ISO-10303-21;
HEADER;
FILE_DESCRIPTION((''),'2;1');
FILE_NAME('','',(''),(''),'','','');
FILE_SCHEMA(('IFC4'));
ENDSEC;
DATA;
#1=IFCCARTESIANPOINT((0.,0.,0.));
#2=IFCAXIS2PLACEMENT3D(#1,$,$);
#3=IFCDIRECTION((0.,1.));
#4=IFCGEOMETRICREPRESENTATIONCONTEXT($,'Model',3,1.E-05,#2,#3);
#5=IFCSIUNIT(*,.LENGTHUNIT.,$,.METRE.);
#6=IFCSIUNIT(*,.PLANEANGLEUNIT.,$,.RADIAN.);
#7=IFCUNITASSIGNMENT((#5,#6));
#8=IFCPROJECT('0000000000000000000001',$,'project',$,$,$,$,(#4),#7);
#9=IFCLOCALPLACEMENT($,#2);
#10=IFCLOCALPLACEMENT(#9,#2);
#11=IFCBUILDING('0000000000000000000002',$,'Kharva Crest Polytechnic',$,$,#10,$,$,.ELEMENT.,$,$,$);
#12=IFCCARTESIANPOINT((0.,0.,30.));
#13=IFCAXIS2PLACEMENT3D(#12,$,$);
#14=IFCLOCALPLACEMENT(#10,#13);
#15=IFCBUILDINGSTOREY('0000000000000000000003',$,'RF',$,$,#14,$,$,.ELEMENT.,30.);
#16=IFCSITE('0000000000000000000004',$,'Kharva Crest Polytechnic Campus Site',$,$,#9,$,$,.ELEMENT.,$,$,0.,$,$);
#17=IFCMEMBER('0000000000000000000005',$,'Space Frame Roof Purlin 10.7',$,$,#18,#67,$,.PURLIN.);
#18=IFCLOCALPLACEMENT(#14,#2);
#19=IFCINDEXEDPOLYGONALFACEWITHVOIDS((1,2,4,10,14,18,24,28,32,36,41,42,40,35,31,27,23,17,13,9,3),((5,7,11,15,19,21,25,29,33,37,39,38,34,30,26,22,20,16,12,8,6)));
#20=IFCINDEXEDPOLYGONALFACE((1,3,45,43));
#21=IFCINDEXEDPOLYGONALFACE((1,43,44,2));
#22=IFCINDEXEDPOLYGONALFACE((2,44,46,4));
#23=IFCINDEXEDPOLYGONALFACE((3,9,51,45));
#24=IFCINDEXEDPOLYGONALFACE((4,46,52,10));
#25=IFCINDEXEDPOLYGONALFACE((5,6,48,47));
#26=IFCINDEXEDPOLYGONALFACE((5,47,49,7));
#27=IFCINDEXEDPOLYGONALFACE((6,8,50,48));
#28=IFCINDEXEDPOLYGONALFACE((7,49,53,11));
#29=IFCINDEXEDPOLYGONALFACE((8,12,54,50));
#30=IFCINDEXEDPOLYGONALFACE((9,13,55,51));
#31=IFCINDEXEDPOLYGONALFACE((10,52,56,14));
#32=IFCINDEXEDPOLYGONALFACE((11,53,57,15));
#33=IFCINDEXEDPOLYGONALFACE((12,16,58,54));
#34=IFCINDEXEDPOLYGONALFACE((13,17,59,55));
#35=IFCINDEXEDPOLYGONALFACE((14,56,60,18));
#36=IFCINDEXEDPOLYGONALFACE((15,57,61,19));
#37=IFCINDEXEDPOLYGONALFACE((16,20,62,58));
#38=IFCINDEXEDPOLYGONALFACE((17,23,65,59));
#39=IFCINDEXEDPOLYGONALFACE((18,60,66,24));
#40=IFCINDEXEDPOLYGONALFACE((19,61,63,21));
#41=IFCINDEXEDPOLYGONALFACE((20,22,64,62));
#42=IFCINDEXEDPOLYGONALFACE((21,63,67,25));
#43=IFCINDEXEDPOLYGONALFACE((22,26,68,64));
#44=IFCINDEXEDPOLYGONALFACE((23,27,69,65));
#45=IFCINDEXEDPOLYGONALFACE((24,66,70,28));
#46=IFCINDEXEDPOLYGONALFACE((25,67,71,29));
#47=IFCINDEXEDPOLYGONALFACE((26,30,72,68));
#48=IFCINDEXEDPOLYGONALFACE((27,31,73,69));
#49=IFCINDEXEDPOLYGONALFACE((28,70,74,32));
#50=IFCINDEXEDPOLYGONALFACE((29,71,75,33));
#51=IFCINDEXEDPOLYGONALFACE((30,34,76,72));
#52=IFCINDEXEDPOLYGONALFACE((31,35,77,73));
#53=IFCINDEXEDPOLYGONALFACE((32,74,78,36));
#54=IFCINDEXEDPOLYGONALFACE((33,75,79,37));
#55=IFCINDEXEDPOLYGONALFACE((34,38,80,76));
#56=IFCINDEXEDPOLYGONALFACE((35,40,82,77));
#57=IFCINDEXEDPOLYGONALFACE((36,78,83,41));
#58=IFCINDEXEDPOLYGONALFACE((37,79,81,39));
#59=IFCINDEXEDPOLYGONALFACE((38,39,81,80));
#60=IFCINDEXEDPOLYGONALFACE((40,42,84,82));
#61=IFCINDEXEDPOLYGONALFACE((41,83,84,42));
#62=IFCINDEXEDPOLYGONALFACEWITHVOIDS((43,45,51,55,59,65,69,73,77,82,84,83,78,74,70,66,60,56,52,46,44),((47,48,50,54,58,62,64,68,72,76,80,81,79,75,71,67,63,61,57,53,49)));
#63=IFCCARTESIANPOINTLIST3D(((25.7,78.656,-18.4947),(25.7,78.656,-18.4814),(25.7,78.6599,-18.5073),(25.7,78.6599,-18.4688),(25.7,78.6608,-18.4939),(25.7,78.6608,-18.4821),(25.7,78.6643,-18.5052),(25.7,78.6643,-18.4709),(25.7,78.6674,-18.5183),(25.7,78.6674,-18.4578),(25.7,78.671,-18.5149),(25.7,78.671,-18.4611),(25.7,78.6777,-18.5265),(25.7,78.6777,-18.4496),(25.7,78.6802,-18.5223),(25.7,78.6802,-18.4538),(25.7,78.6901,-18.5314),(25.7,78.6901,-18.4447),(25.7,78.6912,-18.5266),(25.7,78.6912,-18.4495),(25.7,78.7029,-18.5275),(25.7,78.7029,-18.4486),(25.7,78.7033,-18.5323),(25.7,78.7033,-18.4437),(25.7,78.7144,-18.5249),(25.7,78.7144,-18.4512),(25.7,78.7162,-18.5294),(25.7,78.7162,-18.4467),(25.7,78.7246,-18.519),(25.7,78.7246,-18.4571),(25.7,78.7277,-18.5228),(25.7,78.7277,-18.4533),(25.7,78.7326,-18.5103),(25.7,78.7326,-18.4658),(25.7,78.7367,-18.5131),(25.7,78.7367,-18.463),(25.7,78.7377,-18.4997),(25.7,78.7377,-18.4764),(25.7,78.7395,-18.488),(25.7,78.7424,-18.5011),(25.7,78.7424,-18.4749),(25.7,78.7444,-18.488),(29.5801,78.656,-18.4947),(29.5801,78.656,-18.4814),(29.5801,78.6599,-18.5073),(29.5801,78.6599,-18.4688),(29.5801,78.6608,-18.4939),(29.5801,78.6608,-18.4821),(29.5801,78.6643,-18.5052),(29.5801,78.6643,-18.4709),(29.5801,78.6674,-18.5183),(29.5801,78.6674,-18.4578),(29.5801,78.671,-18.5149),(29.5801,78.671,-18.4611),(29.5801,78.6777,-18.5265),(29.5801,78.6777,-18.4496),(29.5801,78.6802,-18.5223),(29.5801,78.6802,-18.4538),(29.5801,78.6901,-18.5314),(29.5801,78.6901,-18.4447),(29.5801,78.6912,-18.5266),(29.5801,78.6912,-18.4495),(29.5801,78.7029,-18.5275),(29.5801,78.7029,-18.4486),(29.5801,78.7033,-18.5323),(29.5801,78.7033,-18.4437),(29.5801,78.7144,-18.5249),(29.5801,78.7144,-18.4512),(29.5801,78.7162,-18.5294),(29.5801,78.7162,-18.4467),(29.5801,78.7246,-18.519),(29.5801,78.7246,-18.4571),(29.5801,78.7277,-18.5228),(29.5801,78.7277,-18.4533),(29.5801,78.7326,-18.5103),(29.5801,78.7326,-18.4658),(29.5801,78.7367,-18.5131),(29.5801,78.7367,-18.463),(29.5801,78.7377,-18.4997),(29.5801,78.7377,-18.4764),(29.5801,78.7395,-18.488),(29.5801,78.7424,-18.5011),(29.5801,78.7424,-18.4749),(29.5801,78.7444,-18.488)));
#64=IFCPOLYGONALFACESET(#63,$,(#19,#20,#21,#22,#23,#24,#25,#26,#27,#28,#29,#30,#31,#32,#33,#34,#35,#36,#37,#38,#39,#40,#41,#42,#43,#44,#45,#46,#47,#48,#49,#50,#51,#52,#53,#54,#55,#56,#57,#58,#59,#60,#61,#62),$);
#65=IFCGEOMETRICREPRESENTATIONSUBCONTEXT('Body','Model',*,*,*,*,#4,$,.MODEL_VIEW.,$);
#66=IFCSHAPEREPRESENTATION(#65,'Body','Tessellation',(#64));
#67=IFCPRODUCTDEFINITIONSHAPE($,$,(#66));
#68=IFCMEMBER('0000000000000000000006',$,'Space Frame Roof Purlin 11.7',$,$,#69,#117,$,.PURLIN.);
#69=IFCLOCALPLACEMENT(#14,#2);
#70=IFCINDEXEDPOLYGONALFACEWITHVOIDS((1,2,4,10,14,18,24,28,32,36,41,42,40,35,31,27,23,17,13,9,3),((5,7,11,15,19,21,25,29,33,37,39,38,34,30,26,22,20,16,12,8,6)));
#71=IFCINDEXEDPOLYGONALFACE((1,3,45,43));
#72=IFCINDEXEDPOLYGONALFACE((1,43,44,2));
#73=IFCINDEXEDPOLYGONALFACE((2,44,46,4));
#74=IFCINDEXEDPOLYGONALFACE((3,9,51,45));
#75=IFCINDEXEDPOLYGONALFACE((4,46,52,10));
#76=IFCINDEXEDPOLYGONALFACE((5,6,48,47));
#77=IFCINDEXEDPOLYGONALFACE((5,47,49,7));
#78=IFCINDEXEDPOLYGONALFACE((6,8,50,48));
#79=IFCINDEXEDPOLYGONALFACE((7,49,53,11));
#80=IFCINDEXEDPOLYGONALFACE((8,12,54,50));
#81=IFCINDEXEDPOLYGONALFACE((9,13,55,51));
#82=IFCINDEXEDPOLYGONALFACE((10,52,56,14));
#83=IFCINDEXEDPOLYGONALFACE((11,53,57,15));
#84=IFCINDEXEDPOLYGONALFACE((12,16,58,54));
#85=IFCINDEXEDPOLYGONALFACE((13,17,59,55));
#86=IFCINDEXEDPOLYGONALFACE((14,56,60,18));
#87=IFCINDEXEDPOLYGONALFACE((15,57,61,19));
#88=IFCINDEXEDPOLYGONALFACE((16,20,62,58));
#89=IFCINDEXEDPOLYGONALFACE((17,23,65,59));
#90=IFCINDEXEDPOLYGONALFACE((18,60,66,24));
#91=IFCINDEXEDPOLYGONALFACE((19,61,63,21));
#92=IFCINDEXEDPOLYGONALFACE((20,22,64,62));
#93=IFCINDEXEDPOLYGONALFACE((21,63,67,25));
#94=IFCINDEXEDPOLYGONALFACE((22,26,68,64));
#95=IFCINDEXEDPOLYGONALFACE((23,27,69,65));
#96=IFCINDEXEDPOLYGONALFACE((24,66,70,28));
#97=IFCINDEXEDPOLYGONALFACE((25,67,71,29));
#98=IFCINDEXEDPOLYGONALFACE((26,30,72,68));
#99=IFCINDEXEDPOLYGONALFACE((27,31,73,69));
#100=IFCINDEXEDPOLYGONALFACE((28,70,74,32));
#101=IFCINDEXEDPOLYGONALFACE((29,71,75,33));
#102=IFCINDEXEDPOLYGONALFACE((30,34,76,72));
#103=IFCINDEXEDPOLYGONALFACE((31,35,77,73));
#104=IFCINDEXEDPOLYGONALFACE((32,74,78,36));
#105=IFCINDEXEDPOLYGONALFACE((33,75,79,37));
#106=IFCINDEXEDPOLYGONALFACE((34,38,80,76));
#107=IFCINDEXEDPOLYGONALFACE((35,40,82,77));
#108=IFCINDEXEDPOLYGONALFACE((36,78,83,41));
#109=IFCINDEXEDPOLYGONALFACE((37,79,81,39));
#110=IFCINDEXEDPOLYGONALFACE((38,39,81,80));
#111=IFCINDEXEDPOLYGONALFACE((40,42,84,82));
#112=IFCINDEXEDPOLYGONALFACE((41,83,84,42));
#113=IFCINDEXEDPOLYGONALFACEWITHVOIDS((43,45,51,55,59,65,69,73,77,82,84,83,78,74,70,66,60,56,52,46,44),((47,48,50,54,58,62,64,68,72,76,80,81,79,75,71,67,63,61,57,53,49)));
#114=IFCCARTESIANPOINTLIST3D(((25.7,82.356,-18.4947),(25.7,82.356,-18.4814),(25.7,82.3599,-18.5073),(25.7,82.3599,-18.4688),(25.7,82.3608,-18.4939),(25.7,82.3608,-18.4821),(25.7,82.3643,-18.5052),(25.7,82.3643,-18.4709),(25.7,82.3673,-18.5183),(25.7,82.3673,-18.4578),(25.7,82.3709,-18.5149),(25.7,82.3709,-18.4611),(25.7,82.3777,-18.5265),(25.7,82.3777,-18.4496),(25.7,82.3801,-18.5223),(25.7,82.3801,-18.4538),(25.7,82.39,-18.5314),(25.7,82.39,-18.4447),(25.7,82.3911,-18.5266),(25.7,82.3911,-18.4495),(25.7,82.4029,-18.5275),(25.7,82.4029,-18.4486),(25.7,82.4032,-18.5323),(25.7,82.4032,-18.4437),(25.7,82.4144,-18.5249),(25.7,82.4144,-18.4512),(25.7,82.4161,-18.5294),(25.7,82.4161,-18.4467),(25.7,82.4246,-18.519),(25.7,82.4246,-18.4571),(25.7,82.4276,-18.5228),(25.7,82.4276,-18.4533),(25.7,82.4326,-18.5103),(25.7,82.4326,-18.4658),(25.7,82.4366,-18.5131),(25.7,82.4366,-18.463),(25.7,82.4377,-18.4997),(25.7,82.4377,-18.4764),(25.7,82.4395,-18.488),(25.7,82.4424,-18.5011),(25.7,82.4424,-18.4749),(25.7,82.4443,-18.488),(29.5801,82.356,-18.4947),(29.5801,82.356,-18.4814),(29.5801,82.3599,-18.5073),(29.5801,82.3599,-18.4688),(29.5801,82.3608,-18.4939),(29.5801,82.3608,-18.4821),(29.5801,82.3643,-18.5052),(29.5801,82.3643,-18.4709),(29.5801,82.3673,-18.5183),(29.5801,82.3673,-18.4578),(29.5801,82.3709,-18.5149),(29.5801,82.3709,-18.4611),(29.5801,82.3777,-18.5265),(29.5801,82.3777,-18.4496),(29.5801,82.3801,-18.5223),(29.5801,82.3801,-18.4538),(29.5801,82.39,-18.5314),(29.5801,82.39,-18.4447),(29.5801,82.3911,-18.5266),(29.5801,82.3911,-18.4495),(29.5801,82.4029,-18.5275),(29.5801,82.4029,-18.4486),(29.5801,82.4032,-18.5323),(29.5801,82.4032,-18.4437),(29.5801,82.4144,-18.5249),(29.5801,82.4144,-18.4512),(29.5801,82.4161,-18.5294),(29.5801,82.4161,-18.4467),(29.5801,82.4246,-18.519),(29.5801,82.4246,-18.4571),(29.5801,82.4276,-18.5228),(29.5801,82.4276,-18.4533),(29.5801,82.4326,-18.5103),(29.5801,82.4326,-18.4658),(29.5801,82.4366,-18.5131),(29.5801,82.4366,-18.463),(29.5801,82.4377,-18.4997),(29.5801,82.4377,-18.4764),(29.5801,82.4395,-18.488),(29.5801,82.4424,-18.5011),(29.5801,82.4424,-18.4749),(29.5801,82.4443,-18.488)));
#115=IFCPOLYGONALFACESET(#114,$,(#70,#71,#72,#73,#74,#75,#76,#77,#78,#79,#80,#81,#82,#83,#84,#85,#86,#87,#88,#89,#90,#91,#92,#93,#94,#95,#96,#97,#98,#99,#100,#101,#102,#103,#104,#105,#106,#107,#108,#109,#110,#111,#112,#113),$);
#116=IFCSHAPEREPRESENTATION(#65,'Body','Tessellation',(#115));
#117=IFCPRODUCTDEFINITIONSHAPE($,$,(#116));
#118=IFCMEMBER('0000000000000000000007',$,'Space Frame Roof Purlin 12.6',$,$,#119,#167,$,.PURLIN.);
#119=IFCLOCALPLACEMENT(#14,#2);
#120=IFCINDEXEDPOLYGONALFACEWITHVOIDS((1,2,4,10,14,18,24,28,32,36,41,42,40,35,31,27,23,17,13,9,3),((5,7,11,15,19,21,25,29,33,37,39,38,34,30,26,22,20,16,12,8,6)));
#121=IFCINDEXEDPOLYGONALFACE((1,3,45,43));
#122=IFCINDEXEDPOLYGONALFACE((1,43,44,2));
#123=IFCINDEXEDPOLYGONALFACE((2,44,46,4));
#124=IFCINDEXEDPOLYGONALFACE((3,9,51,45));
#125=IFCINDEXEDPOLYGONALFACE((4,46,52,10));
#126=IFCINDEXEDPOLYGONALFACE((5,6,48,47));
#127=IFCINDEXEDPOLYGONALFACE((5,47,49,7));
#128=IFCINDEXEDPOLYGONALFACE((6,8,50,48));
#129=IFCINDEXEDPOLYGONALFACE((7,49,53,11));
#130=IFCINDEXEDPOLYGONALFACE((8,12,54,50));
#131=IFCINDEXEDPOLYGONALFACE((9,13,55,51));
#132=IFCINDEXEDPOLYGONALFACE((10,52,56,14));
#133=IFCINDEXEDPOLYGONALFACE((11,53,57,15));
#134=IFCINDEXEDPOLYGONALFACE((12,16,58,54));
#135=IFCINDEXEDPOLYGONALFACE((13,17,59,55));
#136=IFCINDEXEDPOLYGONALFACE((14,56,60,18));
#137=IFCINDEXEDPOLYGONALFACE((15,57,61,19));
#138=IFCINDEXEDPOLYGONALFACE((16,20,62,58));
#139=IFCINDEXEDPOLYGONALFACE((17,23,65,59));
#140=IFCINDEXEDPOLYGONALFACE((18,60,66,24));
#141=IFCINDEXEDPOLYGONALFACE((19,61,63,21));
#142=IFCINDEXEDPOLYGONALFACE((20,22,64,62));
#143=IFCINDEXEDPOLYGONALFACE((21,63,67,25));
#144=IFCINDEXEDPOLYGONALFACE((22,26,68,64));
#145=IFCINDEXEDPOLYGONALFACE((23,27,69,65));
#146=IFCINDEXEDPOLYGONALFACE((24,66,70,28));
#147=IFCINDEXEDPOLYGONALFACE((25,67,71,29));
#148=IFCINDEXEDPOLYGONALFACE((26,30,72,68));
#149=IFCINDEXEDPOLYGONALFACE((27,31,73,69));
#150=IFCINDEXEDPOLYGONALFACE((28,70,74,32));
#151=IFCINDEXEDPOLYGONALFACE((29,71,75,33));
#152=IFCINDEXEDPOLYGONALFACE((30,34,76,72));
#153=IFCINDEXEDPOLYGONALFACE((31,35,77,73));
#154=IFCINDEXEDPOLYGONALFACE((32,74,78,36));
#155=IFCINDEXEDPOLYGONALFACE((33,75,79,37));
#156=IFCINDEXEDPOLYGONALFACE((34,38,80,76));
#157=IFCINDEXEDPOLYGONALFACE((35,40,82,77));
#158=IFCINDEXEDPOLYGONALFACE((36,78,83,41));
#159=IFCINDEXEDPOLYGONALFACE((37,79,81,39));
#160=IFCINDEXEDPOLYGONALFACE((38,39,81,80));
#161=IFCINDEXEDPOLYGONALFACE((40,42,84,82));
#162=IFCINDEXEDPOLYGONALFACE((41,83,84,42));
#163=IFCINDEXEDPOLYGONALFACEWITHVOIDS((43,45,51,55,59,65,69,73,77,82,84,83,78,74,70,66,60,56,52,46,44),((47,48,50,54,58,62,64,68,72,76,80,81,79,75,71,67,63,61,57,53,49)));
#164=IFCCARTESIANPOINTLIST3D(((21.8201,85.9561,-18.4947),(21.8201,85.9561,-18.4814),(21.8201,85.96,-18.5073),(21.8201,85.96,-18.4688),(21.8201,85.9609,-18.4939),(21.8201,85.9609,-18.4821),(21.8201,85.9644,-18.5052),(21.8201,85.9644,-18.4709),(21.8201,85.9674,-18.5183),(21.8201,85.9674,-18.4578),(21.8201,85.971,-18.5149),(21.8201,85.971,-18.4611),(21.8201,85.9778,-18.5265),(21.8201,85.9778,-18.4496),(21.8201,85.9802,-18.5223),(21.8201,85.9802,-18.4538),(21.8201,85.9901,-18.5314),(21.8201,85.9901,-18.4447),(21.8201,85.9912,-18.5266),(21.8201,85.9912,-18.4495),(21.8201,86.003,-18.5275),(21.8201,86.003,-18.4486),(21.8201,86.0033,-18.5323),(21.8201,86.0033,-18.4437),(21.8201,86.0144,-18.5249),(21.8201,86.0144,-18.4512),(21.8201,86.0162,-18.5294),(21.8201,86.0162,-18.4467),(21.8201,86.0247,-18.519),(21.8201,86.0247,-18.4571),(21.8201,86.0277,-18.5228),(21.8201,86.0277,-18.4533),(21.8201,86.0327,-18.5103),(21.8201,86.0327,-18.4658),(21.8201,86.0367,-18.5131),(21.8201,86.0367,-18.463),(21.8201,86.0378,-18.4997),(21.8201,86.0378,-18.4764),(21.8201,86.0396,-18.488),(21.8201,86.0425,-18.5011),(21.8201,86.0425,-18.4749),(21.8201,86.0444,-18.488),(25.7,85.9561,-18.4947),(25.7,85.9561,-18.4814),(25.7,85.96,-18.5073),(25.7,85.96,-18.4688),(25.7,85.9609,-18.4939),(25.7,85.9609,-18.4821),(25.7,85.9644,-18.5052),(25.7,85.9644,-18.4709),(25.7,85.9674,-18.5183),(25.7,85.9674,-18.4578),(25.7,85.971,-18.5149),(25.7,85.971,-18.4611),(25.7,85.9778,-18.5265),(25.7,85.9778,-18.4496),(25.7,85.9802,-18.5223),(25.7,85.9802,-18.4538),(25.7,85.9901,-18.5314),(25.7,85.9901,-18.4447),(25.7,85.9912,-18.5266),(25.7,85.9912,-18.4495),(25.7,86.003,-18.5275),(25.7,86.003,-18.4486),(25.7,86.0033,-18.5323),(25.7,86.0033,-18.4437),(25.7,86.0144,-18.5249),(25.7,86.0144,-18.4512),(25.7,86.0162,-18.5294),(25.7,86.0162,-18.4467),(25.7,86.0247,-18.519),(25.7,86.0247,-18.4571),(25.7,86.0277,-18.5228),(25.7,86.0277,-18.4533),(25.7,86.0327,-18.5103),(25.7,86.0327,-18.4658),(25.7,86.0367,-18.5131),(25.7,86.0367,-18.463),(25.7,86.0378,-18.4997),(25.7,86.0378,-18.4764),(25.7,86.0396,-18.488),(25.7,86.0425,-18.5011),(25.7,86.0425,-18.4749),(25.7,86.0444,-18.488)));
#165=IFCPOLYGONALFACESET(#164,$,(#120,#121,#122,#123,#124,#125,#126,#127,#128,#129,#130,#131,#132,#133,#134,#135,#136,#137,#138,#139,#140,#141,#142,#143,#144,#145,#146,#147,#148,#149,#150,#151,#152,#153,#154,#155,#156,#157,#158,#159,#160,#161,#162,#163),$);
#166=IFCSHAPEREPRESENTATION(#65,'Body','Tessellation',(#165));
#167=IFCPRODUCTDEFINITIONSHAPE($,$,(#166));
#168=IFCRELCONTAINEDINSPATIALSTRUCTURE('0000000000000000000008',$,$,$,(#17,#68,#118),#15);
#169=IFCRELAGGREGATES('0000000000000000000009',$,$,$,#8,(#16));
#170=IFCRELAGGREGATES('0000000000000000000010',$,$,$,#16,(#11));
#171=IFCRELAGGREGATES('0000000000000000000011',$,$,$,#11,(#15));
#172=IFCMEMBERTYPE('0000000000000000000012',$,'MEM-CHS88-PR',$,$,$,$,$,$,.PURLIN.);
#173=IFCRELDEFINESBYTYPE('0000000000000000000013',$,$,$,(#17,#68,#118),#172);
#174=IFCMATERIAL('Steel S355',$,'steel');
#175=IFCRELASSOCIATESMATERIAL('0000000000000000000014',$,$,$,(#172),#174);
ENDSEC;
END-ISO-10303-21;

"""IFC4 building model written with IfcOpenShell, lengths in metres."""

from ifc_helpers import new_model, si_unit, direction, frame, origin, origin_2d, place, context, subcontext, project, spatial, hollow_circle, extrude, material, material_profile, profile_set, type_object, element, save


model = new_model("IFC4")

# Units and contexts
model_context = context("Model", 3, precision=1e-05, world=origin(), true_north=direction((0.0, 1.0)))
body_context = subcontext(model_context, "Body", "Model", "MODEL_VIEW")
ifc_project = project(units=[si_unit("LENGTHUNIT", "METRE"), si_unit("PLANEANGLEUNIT", "RADIAN")], contexts=[model_context])

# Site, building, storey
site_placement = place(None, origin())
site = spatial("IfcSite", under=ifc_project, at=site_placement, Name="Kharva Crest Polytechnic Campus Site", CompositionType="ELEMENT", RefElevation=0.0)
building_placement = place(site_placement, origin())
building = spatial("IfcBuilding", under=site, at=building_placement, Name="Kharva Crest Polytechnic", CompositionType="ELEMENT")
storey_placement = place(building_placement, frame((0.0, 0.0, 30.0)))
storey = spatial("IfcBuildingStorey", under=building, at=storey_placement, Name="RF", CompositionType="ELEMENT", Elevation=30.0)

# Members
ifc_material_1 = material(Name="Steel S355", Category="steel")
ifc_material_profile = material_profile(ifc_material_1, hollow_circle(Radius=0.0444, WallThickness=0.0049, at=origin_2d()), Name="CHS 88.9X5.0")
ifc_profile_set = profile_set([ifc_material_profile], Name="Steel S355")
member_type = type_object("IfcMemberType", Name="MEM-CHS88-PR", PredefinedType="PURLIN", material=ifc_profile_set)
for number, where, z_axis, x_axis, name in (
    (1, (25.7, 78.7, -18.488), (1.0, 0.0, 0.0), (0.0, 1.0, 0.0), "Space Frame Roof Purlin 10.7"),
    (2, (25.7, 82.3999, -18.488), (1.0, 0.0, 0.0), (0.0, 1.0, 0.0), "Space Frame Roof Purlin 11.7"),
):
    element("IfcMember", number, at=place(storey_placement, frame(where, z_axis=z_axis, x_axis=x_axis)), inside=storey, type_object=member_type, Name=name, PredefinedType="PURLIN", context=body_context, shape_type="SweptSolid", body=[
        extrude(hollow_circle(Radius=0.0444, WallThickness=0.0049, at=origin_2d()), origin(), (0.0, 0.0, 1.0), 3.8801),
    ])
member_1_placement = place(storey_placement, frame((21.8201, 86.0, -18.488), z_axis=(1.0, 0.0, 0.0), x_axis=(0.0, 1.0, 0.0)))
element("IfcMember", 3, at=member_1_placement, inside=storey, type_object=member_type, Name="Space Frame Roof Purlin 12.6", PredefinedType="PURLIN", context=body_context, shape_type="SweptSolid", body=[
    extrude(hollow_circle(Radius=0.0444, WallThickness=0.0049, at=origin_2d()), origin(), (0.0, 0.0, 1.0), 3.8799),
])

save(model, "model.ifc")
